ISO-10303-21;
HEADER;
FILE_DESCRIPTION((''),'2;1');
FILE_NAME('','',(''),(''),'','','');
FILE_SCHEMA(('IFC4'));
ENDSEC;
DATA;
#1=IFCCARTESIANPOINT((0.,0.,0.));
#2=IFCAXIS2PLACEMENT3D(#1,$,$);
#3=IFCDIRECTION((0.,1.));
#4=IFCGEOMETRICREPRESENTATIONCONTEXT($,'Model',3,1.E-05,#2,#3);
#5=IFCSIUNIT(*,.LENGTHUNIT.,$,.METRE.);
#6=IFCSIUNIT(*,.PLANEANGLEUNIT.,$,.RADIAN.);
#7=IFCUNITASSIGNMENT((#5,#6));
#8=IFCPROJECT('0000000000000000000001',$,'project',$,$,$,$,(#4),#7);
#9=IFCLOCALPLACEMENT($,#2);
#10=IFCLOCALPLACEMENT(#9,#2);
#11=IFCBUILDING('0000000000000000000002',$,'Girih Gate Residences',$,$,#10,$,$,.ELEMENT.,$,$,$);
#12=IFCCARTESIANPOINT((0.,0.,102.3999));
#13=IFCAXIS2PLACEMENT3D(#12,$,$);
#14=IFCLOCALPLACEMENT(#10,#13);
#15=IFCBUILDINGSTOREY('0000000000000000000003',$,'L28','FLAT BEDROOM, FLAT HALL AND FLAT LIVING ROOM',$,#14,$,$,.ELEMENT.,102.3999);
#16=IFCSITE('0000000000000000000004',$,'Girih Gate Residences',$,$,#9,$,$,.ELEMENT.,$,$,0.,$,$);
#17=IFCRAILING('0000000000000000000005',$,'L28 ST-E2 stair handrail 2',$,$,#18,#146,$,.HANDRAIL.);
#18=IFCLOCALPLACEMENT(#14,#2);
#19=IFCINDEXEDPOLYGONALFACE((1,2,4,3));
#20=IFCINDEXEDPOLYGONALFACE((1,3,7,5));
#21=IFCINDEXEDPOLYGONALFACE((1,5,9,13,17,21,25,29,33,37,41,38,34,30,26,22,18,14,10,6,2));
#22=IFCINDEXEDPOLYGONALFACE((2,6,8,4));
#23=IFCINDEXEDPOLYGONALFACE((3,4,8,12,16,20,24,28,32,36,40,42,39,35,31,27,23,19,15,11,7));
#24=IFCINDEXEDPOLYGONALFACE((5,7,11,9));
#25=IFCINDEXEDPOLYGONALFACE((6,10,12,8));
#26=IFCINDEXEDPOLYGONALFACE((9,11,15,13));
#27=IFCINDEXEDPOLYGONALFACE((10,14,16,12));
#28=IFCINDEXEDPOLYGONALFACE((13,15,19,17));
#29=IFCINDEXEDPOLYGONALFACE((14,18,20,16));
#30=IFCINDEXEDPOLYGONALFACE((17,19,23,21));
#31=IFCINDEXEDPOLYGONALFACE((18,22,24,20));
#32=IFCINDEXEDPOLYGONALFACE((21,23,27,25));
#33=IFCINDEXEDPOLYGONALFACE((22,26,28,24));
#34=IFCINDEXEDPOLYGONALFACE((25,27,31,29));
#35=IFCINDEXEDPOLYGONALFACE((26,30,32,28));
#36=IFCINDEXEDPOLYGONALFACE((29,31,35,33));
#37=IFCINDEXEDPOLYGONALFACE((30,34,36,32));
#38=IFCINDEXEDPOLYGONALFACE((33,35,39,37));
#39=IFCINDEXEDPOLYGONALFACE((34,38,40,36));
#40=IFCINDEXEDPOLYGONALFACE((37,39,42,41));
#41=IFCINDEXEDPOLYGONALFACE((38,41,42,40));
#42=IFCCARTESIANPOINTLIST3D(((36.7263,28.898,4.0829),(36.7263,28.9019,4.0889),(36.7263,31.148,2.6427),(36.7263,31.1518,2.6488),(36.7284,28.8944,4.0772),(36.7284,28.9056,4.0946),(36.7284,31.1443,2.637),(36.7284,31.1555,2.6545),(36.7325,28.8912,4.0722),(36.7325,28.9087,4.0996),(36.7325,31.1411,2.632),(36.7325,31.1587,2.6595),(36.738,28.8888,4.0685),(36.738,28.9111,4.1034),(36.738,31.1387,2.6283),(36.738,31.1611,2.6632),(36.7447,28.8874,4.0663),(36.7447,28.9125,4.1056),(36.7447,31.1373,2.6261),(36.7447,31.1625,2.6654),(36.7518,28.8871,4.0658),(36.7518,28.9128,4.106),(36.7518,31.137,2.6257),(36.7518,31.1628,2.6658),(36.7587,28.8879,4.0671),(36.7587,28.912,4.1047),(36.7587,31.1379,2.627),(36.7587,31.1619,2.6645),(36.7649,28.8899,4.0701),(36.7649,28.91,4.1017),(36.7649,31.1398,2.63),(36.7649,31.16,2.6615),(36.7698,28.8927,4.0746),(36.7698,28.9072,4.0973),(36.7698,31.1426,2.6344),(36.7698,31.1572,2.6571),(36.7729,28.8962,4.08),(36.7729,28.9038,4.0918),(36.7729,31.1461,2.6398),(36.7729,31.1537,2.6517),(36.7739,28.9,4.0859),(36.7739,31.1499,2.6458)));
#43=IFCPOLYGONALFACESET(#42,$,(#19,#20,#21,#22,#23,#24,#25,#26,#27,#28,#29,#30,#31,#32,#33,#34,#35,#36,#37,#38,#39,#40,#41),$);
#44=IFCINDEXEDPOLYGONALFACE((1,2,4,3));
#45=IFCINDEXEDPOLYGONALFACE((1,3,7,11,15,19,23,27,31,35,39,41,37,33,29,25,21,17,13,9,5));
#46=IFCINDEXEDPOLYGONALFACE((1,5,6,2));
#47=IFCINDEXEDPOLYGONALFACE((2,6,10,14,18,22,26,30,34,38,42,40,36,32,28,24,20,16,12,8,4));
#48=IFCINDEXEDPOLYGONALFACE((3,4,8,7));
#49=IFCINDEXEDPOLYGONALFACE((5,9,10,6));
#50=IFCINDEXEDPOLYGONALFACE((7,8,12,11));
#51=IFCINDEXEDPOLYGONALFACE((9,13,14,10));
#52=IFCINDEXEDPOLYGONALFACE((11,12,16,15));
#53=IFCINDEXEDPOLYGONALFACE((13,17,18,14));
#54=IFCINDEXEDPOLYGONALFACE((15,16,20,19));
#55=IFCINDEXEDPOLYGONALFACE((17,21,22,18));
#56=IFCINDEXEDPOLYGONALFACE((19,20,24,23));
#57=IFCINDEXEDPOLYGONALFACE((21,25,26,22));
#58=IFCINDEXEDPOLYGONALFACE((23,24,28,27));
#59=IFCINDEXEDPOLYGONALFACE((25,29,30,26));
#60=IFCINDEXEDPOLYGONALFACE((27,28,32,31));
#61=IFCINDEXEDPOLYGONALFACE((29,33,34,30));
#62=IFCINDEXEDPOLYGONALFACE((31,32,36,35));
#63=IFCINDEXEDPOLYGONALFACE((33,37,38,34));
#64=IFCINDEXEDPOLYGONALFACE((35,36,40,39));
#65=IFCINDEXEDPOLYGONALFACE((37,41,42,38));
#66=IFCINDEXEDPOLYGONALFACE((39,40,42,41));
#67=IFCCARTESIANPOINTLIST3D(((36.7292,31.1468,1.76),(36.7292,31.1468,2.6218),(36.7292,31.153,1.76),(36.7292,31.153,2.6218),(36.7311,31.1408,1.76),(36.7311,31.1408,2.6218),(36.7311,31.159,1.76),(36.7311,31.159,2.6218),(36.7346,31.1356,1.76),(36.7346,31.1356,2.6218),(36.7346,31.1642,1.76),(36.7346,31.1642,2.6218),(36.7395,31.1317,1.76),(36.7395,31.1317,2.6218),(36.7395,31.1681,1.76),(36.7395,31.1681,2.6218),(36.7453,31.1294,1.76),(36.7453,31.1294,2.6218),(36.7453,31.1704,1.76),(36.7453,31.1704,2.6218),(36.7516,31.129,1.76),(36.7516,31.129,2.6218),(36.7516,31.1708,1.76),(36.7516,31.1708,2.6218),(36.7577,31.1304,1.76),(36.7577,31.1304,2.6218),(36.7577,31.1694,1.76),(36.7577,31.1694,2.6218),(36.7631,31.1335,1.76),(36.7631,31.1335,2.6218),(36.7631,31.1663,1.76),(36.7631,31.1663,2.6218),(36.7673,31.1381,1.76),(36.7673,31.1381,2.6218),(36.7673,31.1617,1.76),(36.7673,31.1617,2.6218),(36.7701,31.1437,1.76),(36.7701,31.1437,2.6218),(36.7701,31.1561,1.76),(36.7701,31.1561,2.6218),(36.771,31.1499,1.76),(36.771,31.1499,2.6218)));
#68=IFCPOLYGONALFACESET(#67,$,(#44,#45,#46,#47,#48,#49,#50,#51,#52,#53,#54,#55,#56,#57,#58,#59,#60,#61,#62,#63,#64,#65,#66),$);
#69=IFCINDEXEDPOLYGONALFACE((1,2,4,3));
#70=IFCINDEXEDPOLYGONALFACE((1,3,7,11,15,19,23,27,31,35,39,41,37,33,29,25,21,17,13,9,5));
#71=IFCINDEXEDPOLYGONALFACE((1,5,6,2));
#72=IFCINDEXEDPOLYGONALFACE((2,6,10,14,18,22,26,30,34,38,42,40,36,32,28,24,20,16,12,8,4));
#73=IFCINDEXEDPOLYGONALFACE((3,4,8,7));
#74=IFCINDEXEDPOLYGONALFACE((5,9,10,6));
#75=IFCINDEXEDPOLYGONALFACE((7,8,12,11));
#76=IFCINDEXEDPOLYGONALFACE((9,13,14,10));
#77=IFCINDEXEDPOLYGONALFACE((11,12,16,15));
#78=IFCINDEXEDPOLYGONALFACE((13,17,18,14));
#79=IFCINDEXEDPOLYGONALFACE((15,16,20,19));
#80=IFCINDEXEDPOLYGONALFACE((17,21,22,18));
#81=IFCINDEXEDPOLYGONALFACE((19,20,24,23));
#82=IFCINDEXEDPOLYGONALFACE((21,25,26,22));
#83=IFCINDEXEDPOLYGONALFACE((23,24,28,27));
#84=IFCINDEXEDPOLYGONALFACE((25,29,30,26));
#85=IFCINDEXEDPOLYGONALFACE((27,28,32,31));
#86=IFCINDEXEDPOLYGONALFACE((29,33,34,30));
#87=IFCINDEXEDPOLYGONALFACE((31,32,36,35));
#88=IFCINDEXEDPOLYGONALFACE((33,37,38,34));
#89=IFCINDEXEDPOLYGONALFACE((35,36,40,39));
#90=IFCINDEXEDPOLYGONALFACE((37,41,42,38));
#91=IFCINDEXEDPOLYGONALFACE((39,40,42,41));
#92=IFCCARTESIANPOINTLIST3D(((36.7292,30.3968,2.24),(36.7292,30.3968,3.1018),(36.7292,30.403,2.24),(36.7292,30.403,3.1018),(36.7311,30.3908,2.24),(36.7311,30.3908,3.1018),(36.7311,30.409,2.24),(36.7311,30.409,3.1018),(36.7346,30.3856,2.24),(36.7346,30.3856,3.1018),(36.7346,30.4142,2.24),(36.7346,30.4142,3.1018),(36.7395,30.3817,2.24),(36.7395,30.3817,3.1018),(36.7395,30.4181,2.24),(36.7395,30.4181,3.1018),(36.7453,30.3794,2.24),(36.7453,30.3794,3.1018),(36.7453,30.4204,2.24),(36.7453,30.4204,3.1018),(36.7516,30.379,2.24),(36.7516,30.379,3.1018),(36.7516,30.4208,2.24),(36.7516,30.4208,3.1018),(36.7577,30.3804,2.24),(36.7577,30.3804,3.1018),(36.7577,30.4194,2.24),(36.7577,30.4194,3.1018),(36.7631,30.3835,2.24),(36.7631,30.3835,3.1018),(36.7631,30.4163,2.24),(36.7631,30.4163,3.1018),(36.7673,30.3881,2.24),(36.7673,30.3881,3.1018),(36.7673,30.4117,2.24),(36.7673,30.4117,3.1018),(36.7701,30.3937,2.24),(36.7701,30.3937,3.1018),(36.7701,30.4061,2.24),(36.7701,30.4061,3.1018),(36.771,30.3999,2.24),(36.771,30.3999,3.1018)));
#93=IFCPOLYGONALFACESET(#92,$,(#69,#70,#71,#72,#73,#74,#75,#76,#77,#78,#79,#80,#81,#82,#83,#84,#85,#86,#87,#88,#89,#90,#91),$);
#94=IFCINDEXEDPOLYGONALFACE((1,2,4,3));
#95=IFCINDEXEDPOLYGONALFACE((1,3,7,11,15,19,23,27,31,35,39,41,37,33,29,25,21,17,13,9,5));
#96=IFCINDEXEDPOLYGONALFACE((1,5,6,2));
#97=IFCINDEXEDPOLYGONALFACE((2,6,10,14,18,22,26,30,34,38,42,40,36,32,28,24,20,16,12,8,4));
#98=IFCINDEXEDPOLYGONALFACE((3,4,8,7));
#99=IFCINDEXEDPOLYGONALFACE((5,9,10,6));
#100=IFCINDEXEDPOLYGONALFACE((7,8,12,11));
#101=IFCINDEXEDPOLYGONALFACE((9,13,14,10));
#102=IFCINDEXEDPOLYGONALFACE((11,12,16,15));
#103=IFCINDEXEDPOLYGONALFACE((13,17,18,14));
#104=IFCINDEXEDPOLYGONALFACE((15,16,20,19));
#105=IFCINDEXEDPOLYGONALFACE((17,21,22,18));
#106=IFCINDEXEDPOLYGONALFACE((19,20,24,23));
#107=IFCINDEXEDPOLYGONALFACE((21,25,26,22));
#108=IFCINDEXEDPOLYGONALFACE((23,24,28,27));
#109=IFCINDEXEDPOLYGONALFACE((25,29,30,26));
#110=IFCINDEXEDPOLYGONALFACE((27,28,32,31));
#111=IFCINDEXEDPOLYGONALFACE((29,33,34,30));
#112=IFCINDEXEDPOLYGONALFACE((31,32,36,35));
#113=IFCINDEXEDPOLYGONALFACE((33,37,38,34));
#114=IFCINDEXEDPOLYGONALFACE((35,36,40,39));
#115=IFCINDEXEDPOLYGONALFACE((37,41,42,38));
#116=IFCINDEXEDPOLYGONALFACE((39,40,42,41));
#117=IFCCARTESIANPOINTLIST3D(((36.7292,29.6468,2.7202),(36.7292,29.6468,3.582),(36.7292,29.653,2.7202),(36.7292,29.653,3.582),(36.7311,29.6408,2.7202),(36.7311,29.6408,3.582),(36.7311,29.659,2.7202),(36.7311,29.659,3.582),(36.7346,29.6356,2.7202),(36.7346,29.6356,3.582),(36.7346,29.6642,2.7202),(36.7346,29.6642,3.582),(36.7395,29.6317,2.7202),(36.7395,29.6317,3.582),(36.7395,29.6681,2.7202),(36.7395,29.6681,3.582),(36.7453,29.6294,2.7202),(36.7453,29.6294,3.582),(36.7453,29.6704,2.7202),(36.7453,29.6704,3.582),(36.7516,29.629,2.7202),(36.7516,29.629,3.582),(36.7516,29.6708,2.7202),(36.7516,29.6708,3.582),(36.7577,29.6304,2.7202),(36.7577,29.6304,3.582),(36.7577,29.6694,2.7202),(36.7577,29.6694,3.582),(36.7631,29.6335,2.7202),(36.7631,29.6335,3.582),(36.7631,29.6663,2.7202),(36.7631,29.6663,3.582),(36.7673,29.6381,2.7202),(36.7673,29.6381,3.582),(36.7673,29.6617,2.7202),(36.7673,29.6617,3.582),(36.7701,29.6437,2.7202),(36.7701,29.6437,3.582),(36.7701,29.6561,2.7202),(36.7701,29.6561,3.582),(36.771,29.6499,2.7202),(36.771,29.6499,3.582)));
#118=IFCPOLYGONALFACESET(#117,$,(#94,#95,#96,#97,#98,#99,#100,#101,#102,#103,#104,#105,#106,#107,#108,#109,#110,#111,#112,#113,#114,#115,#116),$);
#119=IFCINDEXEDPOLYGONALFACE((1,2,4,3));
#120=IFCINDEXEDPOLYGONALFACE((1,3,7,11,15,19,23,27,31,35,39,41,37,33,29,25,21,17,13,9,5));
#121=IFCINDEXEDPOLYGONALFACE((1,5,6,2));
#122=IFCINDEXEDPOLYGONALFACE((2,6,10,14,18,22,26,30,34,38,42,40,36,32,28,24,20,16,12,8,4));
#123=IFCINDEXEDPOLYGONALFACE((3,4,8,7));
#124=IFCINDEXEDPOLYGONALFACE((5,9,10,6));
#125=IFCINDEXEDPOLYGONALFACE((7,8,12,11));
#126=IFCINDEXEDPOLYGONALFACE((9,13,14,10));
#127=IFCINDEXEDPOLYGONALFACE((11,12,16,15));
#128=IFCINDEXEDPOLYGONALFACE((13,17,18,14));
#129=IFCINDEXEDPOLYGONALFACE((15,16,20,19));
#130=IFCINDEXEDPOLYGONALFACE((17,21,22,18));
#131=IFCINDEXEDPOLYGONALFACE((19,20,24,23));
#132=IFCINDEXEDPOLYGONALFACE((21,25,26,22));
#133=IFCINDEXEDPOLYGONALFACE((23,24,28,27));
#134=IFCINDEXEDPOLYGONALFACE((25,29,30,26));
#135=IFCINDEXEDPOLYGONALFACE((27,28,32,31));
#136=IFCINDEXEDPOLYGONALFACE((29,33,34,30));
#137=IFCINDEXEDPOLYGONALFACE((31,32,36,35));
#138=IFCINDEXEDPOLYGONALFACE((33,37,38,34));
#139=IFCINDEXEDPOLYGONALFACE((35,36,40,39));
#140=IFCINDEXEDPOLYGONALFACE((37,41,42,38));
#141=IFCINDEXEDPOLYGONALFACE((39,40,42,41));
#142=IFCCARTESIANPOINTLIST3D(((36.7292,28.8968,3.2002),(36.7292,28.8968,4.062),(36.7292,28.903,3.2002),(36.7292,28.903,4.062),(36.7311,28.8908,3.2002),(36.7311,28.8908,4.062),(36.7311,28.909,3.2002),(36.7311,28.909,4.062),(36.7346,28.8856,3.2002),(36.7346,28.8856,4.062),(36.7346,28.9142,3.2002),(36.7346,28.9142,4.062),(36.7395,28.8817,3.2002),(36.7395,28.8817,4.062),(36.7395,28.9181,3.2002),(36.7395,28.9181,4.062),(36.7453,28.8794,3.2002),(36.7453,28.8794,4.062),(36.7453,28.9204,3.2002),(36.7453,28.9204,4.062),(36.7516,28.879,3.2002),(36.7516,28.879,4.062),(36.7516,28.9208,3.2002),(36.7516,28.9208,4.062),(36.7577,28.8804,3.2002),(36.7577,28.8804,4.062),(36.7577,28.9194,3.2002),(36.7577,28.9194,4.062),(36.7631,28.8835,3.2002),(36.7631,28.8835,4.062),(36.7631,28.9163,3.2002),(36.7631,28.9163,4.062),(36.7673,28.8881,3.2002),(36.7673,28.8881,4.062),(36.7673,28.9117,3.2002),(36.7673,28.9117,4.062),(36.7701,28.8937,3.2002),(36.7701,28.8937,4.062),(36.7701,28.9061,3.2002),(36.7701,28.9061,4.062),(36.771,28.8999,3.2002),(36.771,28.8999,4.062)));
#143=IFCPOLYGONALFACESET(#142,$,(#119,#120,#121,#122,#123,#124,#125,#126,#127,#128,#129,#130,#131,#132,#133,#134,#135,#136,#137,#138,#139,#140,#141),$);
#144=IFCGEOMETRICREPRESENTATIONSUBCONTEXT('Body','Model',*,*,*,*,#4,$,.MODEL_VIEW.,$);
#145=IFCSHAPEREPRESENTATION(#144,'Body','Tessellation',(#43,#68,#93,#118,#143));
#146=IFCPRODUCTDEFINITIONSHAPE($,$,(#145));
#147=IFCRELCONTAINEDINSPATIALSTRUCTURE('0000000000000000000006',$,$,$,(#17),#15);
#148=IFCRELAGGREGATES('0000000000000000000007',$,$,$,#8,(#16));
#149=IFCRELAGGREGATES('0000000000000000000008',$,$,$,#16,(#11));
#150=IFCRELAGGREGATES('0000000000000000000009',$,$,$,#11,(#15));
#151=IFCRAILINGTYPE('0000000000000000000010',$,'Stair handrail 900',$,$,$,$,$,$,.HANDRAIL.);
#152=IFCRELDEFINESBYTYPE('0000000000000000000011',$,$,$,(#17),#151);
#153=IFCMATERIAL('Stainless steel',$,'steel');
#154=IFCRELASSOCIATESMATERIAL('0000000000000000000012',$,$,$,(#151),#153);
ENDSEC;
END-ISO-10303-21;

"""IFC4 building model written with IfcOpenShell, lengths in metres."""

from ifc_helpers import new_model, si_unit, direction, frame, origin, origin_2d, place, context, subcontext, project, spatial, circle, extrude, material, type_object, element, save


model = new_model("IFC4")

# Units and contexts
model_context = context("Model", 3, precision=1e-05, world=origin(), true_north=direction((0.0, 1.0)))
body_context = subcontext(model_context, "Body", "Model", "MODEL_VIEW")
ifc_project = project(units=[si_unit("LENGTHUNIT", "METRE"), si_unit("PLANEANGLEUNIT", "RADIAN")], contexts=[model_context])

# Site, building, storey
site_placement = place(None, origin())
site = spatial("IfcSite", under=ifc_project, at=site_placement, Name="Girih Gate Residences", CompositionType="ELEMENT", RefElevation=0.0)
building_placement = place(site_placement, origin())
building = spatial("IfcBuilding", under=site, at=building_placement, Name="Girih Gate Residences", CompositionType="ELEMENT")
storey_placement = place(building_placement, frame((0.0, 0.0, 102.3999)))
storey = spatial("IfcBuildingStorey", under=building, at=storey_placement, Name="L28", Description="FLAT BEDROOM, FLAT HALL AND FLAT LIVING ROOM", CompositionType="ELEMENT", Elevation=102.3999)

# Shared definitions
ifc_material_1 = material(Name="Stainless steel", Category="steel")

# Railing
railing_type_1 = type_object("IfcRailingType", Name="Stair handrail 900", PredefinedType="HANDRAIL", material=ifc_material_1)
railing_1_placement = place(storey_placement, frame((36.75, 31.1499, 1.76)))
element("IfcRailing", 1, at=railing_1_placement, inside=storey, type_object=railing_type_1, Name="L28 ST-E2 stair handrail 2", PredefinedType="HANDRAIL", context=body_context, shape_type="SweptSolid", body=[
    extrude(circle(Radius=0.0239, at=origin_2d()), frame((0.0, 0.0, 0.8857), z_axis=(0.0, -0.84224, 0.539103), x_axis=(1.0, 0.0, 0.0)), (0.0, 0.0, 1.0), 2.6714),
    extrude(circle(Radius=0.021, at=origin_2d()), origin(), (0.0, 0.0, 1.0), 0.8618),
    extrude(circle(Radius=0.021, at=origin_2d()), frame((0.0, -0.75, 0.48)), (0.0, 0.0, 1.0), 0.8618),
    extrude(circle(Radius=0.021, at=origin_2d()), frame((0.0, -1.5, 0.9602)), (0.0, 0.0, 1.0), 0.8618),
    extrude(circle(Radius=0.021, at=origin_2d()), frame((0.0, -2.25, 1.4402)), (0.0, 0.0, 1.0), 0.8618),
])

save(model, "model.ifc")
